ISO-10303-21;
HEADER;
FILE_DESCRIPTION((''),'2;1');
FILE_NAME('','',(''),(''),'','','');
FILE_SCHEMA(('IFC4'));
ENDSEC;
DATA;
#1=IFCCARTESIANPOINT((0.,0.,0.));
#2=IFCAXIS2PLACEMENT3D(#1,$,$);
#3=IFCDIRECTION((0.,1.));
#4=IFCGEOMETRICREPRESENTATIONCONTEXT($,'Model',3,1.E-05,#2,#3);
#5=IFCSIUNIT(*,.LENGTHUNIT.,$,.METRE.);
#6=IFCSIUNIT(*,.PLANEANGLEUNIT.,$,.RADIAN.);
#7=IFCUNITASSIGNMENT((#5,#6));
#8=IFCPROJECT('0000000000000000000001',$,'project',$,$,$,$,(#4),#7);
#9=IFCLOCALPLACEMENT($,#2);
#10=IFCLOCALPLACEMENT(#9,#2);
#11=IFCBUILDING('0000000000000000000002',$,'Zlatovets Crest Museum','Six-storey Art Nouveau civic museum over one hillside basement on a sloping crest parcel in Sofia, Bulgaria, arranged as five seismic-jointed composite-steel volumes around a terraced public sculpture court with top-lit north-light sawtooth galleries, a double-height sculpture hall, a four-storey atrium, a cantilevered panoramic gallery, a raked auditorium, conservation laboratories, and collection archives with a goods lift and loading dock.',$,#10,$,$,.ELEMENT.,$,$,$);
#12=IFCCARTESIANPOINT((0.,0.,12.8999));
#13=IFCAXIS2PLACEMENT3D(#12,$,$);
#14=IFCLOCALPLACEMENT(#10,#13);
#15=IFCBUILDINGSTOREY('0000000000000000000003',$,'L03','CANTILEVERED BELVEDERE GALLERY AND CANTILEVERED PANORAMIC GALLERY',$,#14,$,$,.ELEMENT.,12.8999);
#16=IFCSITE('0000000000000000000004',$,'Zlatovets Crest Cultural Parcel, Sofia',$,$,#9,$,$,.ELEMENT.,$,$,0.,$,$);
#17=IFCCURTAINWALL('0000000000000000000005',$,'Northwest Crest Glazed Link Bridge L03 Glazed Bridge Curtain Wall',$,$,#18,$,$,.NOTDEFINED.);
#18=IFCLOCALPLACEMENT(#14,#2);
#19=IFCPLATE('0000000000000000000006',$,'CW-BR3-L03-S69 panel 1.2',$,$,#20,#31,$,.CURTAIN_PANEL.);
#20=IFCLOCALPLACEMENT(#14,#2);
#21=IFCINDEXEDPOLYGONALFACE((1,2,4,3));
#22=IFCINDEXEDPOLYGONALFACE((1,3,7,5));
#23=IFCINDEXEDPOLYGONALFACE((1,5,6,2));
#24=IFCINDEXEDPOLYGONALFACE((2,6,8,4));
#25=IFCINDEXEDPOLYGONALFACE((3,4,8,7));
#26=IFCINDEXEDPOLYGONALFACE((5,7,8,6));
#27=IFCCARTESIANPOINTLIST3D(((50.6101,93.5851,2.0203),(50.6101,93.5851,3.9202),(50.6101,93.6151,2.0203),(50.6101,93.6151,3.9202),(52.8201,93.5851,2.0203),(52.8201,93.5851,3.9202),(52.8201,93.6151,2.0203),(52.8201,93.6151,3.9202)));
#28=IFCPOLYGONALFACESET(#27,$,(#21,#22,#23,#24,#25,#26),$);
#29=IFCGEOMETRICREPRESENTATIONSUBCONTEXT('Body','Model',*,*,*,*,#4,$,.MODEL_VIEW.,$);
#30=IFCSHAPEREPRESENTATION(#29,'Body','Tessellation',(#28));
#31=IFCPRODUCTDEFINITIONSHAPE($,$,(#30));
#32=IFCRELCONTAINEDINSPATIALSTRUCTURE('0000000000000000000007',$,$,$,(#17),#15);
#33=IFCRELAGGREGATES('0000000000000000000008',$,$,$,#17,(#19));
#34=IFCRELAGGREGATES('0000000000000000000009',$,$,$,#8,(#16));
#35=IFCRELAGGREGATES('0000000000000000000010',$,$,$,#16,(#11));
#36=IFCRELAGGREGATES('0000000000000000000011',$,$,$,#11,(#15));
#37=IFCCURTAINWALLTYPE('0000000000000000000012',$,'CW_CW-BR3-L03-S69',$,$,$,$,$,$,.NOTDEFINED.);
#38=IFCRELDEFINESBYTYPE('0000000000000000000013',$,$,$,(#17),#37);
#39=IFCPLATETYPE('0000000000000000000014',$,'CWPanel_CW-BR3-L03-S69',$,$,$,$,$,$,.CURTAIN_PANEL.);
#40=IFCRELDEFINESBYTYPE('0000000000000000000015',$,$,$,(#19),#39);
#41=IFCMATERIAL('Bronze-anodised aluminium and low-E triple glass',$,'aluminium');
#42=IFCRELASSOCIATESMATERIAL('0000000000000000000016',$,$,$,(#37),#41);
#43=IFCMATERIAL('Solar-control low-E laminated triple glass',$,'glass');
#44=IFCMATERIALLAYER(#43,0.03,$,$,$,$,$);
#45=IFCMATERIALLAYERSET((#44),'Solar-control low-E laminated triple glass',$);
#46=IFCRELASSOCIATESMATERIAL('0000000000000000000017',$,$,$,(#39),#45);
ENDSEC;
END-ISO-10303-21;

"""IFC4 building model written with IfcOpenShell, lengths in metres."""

from ifc_helpers import new_model, si_unit, direction, frame, origin, origin_2d, place, context, subcontext, project, spatial, rectangle, extrude, material, layer, layer_set, type_object, element, aggregate, save


model = new_model("IFC4")

# Units and contexts
model_context = context("Model", 3, precision=1e-05, world=origin(), true_north=direction((0.0, 1.0)))
body_context = subcontext(model_context, "Body", "Model", "MODEL_VIEW")
ifc_project = project(units=[si_unit("LENGTHUNIT", "METRE"), si_unit("PLANEANGLEUNIT", "RADIAN")], contexts=[model_context])

# Site, building, storey
site_placement = place(None, origin())
site = spatial("IfcSite", under=ifc_project, at=site_placement, Name="Zlatovets Crest Cultural Parcel, Sofia", CompositionType="ELEMENT", RefElevation=0.0)
building_placement = place(site_placement, origin())
building = spatial("IfcBuilding", under=site, at=building_placement, Name="Zlatovets Crest Museum", Description="Six-storey Art Nouveau civic museum over one hillside basement on a sloping crest parcel in Sofia, Bulgaria, arranged as five seismic-jointed composite-steel volumes around a terraced public sculpture court with top-lit north-light sawtooth galleries, a double-height sculpture hall, a four-storey atrium, a cantilevered panoramic gallery, a raked auditorium, conservation laboratories, and collection archives with a goods lift and loading dock.", CompositionType="ELEMENT")
storey_placement = place(building_placement, frame((0.0, 0.0, 12.8999)))
storey = spatial("IfcBuildingStorey", under=building, at=storey_placement, Name="L03", Description="CANTILEVERED BELVEDERE GALLERY AND CANTILEVERED PANORAMIC GALLERY", CompositionType="ELEMENT", Elevation=12.8999)

# Curtain wall
ifc_material_1 = material(Name="Bronze-anodised aluminium and low-E triple glass", Category="aluminium")
curtain_wall_type = type_object("IfcCurtainWallType", Name="CW_CW-BR3-L03-S69", PredefinedType="NOTDEFINED", material=ifc_material_1)
curtain_wall_1_placement = place(storey_placement, origin())
curtain_wall_1 = element("IfcCurtainWall", 1, at=curtain_wall_1_placement, inside=storey, type_object=curtain_wall_type, Name="Northwest Crest Glazed Link Bridge L03 Glazed Bridge Curtain Wall", PredefinedType="NOTDEFINED")

# Plate
ifc_material_2 = material(Name="Solar-control low-E laminated triple glass", Category="glass")
ifc_layer = layer(ifc_material_2, 0.03)
ifc_layer_set = layer_set([ifc_layer], Name="Solar-control low-E laminated triple glass")
plate_type = type_object("IfcPlateType", Name="CWPanel_CW-BR3-L03-S69", PredefinedType="CURTAIN_PANEL", material=ifc_layer_set)
plate_1_placement = place(storey_placement, frame((51.7151, 93.6001, 2.0203), z_axis=(0.0, 0.0, 1.0), x_axis=(1.0, 0.0, 0.0)))
plate_1 = element("IfcPlate", 2, at=plate_1_placement, type_object=plate_type, Name="CW-BR3-L03-S69 panel 1.2", PredefinedType="CURTAIN_PANEL", context=body_context, shape_type="SweptSolid", body=[
    extrude(rectangle(XDim=2.21, YDim=0.03, at=origin_2d()), origin(), (0.0, 0.0, 1.0), 1.8999),
])
aggregate(curtain_wall_1, [plate_1])

save(model, "model.ifc")
